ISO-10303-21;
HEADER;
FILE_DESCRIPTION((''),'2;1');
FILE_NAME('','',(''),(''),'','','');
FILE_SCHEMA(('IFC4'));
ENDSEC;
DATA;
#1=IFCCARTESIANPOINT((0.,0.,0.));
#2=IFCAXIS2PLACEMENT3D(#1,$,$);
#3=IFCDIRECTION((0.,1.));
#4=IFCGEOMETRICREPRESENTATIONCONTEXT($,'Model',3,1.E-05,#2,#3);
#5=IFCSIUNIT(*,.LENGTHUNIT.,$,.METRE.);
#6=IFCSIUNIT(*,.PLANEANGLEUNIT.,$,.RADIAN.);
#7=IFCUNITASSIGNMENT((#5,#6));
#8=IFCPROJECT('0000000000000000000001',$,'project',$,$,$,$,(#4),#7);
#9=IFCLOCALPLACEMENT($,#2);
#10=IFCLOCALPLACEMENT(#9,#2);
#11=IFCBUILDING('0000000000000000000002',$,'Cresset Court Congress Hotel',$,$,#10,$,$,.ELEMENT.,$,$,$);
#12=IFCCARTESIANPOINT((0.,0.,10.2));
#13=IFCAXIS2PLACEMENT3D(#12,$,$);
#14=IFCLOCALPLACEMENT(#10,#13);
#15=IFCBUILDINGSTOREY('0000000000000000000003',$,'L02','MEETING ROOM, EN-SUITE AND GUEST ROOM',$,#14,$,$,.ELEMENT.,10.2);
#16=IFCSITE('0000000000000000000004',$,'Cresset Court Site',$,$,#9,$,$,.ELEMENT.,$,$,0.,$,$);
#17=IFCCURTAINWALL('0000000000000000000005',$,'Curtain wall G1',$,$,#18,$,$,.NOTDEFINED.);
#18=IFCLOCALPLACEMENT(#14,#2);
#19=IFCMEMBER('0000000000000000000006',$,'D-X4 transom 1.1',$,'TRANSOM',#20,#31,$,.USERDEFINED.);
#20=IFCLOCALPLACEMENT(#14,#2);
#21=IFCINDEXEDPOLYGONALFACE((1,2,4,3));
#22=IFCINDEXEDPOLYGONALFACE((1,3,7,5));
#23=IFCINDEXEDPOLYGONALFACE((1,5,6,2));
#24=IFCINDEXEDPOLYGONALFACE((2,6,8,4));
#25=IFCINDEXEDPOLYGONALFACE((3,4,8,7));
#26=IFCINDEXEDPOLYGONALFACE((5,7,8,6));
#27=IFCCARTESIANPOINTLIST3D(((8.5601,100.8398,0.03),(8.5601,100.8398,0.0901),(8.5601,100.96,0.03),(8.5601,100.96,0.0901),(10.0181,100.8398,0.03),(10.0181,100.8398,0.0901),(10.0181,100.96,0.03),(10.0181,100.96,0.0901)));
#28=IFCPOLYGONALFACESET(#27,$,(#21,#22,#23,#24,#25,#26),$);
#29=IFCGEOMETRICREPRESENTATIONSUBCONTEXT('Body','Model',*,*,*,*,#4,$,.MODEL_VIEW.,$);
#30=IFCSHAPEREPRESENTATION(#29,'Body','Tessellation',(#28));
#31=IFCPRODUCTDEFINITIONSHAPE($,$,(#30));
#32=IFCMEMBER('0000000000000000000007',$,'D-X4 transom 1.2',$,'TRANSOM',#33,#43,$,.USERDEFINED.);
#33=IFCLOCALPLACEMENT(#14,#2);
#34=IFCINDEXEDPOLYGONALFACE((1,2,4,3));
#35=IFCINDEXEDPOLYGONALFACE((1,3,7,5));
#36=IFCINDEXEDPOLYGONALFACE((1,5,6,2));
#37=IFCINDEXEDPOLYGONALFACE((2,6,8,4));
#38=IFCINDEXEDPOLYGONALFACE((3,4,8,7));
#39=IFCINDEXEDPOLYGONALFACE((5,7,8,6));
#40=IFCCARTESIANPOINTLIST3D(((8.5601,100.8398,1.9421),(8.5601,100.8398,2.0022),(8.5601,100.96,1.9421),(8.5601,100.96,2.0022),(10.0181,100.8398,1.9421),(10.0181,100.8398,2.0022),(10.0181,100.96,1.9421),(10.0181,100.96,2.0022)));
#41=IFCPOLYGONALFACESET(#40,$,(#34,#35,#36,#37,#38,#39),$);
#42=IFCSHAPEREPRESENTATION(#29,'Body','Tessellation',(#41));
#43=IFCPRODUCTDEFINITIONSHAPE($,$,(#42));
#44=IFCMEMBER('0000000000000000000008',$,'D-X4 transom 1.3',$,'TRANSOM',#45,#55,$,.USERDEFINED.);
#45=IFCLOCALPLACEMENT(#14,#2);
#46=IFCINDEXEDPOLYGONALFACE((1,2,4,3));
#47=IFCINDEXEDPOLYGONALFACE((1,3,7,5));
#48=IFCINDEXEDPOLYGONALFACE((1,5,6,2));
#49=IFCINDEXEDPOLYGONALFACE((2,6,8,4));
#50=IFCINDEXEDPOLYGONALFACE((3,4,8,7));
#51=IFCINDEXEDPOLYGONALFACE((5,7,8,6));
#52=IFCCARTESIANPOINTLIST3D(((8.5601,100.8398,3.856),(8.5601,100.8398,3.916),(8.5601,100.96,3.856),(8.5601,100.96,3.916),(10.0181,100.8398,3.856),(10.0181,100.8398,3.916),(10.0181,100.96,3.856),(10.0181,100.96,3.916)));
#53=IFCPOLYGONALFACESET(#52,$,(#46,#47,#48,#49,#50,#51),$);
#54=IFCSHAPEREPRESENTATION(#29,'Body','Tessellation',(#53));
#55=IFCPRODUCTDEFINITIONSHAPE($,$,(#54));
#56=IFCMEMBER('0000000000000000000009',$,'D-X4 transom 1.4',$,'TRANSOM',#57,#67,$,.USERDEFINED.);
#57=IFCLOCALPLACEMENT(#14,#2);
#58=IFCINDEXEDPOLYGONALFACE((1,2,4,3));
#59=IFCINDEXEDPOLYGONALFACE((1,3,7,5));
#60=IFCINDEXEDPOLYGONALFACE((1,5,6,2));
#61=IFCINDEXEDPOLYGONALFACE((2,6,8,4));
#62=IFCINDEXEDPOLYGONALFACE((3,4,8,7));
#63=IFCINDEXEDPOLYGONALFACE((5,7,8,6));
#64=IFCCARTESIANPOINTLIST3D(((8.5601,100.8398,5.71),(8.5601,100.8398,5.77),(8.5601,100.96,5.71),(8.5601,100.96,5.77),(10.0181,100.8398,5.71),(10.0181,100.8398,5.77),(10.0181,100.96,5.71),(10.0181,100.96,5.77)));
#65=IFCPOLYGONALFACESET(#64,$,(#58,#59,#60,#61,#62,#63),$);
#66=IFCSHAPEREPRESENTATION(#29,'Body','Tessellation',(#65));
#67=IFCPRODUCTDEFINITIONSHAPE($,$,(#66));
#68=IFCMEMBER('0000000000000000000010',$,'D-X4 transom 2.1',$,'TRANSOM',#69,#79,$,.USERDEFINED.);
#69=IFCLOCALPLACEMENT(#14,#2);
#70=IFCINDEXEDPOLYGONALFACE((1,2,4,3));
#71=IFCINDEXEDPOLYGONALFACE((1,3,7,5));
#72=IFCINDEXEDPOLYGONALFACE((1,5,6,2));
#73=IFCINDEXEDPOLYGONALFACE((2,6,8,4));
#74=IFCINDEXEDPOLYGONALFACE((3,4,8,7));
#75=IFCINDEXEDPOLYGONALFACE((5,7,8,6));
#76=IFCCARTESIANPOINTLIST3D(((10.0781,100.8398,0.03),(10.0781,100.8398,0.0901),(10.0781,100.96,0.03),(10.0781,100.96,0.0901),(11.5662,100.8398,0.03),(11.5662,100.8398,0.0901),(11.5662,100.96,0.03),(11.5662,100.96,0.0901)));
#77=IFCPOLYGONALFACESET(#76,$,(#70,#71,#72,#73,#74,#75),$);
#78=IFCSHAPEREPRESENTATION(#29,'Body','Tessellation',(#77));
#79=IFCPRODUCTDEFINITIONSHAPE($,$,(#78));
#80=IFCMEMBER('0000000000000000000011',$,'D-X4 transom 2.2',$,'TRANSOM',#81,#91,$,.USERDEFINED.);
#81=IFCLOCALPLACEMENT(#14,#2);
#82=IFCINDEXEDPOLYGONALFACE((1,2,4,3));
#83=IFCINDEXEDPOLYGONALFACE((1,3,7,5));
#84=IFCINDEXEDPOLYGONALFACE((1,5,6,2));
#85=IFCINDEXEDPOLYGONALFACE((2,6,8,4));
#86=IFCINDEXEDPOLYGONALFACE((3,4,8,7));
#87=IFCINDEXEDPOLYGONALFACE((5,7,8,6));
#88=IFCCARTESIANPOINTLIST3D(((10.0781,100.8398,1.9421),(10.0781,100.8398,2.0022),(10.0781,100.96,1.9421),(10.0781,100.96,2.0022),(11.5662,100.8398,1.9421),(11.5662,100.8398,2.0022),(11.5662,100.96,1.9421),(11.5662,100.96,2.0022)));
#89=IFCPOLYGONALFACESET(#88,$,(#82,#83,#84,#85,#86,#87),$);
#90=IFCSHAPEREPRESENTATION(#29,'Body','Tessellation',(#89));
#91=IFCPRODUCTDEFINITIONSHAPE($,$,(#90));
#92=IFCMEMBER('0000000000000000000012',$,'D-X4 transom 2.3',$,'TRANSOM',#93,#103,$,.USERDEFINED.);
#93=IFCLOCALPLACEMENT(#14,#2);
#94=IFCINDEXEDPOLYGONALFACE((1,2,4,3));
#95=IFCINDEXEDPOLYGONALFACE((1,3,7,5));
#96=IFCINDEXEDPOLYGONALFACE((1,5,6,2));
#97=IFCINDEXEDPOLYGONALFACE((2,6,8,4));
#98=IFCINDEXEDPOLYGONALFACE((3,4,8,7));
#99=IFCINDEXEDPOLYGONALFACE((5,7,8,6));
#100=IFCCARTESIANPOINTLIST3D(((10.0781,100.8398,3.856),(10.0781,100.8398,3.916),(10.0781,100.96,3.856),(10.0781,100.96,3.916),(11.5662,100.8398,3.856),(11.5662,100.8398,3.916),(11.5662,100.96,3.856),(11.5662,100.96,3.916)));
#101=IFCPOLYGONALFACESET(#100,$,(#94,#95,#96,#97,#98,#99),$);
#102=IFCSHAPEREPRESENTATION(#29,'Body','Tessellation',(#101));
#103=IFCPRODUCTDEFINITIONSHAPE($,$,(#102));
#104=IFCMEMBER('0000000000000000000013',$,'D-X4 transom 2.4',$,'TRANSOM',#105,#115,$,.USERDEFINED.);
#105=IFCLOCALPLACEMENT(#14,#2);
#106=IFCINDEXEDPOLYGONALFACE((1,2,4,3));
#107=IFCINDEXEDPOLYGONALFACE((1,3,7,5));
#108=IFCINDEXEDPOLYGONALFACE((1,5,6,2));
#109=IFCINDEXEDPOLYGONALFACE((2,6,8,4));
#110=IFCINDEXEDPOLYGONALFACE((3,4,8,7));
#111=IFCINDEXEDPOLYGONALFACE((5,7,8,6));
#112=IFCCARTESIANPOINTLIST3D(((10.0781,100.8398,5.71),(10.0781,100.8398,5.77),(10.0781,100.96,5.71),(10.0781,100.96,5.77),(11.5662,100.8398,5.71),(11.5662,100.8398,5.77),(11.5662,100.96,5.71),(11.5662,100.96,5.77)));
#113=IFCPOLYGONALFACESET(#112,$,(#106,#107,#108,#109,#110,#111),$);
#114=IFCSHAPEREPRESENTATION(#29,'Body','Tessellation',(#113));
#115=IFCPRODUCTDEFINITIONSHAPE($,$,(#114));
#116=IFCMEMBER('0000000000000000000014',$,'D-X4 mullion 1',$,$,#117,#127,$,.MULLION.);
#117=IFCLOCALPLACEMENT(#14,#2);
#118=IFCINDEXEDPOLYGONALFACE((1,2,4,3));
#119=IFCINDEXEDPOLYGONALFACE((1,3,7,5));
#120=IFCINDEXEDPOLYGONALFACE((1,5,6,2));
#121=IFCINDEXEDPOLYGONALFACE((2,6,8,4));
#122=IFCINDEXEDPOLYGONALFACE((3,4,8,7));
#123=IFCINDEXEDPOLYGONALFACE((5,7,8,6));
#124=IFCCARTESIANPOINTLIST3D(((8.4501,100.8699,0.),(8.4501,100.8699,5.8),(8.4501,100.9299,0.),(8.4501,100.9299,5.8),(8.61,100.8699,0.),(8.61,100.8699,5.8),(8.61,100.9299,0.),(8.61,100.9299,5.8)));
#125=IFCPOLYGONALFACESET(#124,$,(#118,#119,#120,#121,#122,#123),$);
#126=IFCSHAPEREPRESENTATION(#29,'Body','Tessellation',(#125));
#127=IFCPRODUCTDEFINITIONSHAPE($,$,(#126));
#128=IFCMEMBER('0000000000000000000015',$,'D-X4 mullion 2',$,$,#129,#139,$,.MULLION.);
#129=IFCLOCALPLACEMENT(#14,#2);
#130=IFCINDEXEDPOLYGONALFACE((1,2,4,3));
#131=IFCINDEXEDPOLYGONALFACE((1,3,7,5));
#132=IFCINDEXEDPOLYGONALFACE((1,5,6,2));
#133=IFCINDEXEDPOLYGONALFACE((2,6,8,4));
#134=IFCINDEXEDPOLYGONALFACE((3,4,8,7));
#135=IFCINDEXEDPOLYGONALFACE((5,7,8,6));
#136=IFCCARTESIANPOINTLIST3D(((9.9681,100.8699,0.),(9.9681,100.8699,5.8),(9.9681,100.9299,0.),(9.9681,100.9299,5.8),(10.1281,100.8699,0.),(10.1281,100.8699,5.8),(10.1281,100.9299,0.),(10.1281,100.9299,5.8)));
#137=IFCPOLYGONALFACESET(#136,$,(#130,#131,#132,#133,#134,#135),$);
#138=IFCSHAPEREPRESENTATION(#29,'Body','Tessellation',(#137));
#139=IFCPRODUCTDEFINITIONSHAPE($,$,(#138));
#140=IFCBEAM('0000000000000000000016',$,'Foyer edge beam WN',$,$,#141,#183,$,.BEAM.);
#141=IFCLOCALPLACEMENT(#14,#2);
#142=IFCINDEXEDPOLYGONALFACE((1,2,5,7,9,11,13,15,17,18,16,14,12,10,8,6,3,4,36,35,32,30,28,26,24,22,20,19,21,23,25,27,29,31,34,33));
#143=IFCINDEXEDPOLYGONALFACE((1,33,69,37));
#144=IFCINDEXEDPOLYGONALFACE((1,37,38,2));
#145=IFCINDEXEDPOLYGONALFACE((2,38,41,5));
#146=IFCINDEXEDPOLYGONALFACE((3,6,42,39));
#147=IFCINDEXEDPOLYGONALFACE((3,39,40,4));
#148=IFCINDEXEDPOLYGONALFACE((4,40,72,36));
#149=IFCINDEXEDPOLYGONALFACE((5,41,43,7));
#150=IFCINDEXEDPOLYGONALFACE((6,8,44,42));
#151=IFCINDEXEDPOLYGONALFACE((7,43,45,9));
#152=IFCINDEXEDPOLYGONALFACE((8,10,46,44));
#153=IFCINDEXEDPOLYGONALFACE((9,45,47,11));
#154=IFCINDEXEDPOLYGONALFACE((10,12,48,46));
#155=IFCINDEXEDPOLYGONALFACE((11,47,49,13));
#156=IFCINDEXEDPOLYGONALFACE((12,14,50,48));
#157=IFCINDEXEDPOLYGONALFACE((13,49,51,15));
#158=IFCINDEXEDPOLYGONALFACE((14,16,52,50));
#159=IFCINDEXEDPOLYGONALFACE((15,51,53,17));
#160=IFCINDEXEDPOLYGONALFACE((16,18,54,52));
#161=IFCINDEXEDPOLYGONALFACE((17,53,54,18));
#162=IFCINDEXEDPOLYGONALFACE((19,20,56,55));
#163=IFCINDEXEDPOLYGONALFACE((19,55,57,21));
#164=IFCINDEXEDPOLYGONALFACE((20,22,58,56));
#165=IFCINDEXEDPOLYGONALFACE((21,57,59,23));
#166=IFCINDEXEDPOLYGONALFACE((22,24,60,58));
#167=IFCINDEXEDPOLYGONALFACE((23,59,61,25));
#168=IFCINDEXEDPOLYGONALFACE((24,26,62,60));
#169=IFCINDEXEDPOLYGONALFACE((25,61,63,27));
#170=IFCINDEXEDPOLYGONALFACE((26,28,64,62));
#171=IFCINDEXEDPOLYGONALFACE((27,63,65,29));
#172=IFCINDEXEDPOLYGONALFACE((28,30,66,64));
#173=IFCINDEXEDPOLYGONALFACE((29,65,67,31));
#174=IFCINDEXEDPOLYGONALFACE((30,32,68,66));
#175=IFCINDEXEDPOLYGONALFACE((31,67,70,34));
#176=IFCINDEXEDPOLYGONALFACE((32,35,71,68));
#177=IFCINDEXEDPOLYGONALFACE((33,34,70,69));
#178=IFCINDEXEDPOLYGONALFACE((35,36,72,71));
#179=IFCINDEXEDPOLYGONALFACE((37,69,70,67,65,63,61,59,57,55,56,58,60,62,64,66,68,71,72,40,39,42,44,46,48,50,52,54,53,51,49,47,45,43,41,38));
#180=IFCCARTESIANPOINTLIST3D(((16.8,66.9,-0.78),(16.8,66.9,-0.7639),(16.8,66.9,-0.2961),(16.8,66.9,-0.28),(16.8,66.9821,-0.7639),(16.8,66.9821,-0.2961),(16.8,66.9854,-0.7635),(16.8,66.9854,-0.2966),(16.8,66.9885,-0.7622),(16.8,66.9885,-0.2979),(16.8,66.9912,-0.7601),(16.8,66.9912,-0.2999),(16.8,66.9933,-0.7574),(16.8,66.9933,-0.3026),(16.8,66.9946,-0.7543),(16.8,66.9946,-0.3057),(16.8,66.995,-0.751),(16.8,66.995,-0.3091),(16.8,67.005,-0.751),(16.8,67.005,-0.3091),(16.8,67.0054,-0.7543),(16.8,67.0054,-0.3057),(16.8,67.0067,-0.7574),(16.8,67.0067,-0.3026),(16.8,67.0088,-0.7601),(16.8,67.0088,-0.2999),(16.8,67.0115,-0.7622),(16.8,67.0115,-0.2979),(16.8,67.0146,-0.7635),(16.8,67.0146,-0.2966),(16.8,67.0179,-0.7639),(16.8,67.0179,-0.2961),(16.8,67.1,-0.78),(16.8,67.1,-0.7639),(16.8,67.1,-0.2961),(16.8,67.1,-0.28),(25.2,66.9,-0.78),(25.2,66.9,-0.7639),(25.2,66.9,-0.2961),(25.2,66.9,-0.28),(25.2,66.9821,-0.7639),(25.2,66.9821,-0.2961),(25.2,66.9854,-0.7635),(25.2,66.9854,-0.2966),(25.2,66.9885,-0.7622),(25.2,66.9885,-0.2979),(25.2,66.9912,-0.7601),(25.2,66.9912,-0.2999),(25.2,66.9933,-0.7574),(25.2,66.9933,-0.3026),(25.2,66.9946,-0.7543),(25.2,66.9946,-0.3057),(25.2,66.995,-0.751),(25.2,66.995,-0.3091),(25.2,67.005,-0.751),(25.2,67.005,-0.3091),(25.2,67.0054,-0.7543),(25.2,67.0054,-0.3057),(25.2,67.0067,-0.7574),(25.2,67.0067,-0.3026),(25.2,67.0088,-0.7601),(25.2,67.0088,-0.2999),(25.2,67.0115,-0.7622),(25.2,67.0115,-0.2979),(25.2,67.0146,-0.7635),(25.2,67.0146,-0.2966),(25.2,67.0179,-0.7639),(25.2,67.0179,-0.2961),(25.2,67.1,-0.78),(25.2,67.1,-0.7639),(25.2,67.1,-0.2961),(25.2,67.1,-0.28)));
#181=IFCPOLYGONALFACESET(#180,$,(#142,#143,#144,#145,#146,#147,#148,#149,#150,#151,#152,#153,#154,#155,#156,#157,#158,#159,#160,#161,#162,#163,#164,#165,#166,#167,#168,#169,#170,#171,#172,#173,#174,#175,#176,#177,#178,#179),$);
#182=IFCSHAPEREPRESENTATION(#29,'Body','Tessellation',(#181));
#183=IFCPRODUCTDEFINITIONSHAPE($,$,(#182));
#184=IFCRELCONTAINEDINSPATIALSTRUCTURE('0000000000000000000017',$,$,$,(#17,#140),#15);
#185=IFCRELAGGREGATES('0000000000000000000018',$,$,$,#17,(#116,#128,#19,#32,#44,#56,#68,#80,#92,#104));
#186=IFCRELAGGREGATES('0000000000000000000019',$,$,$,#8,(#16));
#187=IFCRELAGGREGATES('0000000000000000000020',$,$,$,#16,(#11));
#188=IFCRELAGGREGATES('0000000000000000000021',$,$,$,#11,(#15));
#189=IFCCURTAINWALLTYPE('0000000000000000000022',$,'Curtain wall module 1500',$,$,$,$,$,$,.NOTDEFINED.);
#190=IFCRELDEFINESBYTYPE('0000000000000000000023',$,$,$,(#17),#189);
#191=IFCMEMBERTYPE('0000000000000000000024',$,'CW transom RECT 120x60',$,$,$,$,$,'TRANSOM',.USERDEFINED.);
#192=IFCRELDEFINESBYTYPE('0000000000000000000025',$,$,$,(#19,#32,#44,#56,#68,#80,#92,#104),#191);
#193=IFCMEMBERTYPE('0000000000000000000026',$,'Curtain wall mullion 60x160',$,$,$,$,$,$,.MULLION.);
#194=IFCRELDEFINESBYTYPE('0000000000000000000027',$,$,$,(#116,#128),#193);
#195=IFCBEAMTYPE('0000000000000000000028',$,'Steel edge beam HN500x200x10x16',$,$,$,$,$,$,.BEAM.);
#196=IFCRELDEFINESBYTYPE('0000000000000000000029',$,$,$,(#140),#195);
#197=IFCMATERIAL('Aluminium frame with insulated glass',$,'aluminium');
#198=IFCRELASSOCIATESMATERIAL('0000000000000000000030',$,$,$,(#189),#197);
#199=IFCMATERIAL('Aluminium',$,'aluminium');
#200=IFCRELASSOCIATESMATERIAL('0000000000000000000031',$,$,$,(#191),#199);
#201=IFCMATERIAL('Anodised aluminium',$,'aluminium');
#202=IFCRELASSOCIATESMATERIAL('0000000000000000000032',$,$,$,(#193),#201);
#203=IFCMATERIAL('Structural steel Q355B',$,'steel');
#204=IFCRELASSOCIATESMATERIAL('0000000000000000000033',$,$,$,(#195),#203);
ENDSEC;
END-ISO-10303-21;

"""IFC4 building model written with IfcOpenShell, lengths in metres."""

from ifc_helpers import new_model, si_unit, direction, frame, origin, origin_2d, place, context, subcontext, project, spatial, rectangle, i_section, extrude, material, material_profile, profile_set, type_object, element, aggregate, save


model = new_model("IFC4")

# Units and contexts
model_context = context("Model", 3, precision=1e-05, world=origin(), true_north=direction((0.0, 1.0)))
body_context = subcontext(model_context, "Body", "Model", "MODEL_VIEW")
ifc_project = project(units=[si_unit("LENGTHUNIT", "METRE"), si_unit("PLANEANGLEUNIT", "RADIAN")], contexts=[model_context])

# Site, building, storey
site_placement = place(None, origin())
site = spatial("IfcSite", under=ifc_project, at=site_placement, Name="Cresset Court Site", CompositionType="ELEMENT", RefElevation=0.0)
building_placement = place(site_placement, origin())
building = spatial("IfcBuilding", under=site, at=building_placement, Name="Cresset Court Congress Hotel", CompositionType="ELEMENT")
storey_placement = place(building_placement, frame((0.0, 0.0, 10.2)))
storey = spatial("IfcBuildingStorey", under=building, at=storey_placement, Name="L02", Description="MEETING ROOM, EN-SUITE AND GUEST ROOM", CompositionType="ELEMENT", Elevation=10.2)

# Curtain wall, members
ifc_material_1 = material(Name="Aluminium frame with insulated glass", Category="aluminium")
curtain_wall_type = type_object("IfcCurtainWallType", Name="Curtain wall module 1500", PredefinedType="NOTDEFINED", material=ifc_material_1)
curtain_wall_placement = place(storey_placement, origin())
curtain_wall = element("IfcCurtainWall", 1, at=curtain_wall_placement, inside=storey, type_object=curtain_wall_type, Name="Curtain wall G1", PredefinedType="NOTDEFINED")
ifc_material_2 = material(Name="Aluminium", Category="aluminium")
ifc_material_profile_1 = material_profile(ifc_material_2, rectangle(XDim=0.1201, YDim=0.0601, at=origin_2d()), Name="AL 120x60")
ifc_profile_set_1 = profile_set([ifc_material_profile_1], Name="Aluminium")
member_type_1 = type_object("IfcMemberType", Name="CW transom RECT 120x60", ElementType="TRANSOM", PredefinedType="USERDEFINED", material=ifc_profile_set_1)
member_1_placement = place(storey_placement, frame((8.5601, 100.8999, 0.0601), z_axis=(1.0, 0.0, 0.0), x_axis=(0.0, 1.0, 0.0)))
member_1 = element("IfcMember", 2, at=member_1_placement, type_object=member_type_1, Name="D-X4 transom 1.1", ObjectType="TRANSOM", PredefinedType="USERDEFINED", context=body_context, shape_type="SweptSolid", body=[
    extrude(rectangle(XDim=0.1201, YDim=0.0601, at=origin_2d()), origin(), (0.0, 0.0, 1.0), 1.458),
])
member_2_placement = place(storey_placement, frame((8.5601, 100.8999, 1.9722), z_axis=(1.0, 0.0, 0.0), x_axis=(0.0, 1.0, 0.0)))
member_2 = element("IfcMember", 3, at=member_2_placement, type_object=member_type_1, Name="D-X4 transom 1.2", ObjectType="TRANSOM", PredefinedType="USERDEFINED", context=body_context, shape_type="SweptSolid", body=[
    extrude(rectangle(XDim=0.1201, YDim=0.0601, at=origin_2d()), origin(), (0.0, 0.0, 1.0), 1.458),
])
member_3_placement = place(storey_placement, frame((8.5601, 100.8999, 3.886), z_axis=(1.0, 0.0, 0.0), x_axis=(0.0, 1.0, 0.0)))
member_3 = element("IfcMember", 4, at=member_3_placement, type_object=member_type_1, Name="D-X4 transom 1.3", ObjectType="TRANSOM", PredefinedType="USERDEFINED", context=body_context, shape_type="SweptSolid", body=[
    extrude(rectangle(XDim=0.1201, YDim=0.0601, at=origin_2d()), origin(), (0.0, 0.0, 1.0), 1.458),
])
member_4_placement = place(storey_placement, frame((8.5601, 100.8999, 5.74), z_axis=(1.0, 0.0, 0.0), x_axis=(0.0, 1.0, 0.0)))
member_4 = element("IfcMember", 5, at=member_4_placement, type_object=member_type_1, Name="D-X4 transom 1.4", ObjectType="TRANSOM", PredefinedType="USERDEFINED", context=body_context, shape_type="SweptSolid", body=[
    extrude(rectangle(XDim=0.1201, YDim=0.0601, at=origin_2d()), origin(), (0.0, 0.0, 1.0), 1.458),
])
member_5_placement = place(storey_placement, frame((10.0781, 100.8999, 0.0601), z_axis=(1.0, 0.0, 0.0), x_axis=(0.0, 1.0, 0.0)))
member_5 = element("IfcMember", 6, at=member_5_placement, type_object=member_type_1, Name="D-X4 transom 2.1", ObjectType="TRANSOM", PredefinedType="USERDEFINED", context=body_context, shape_type="SweptSolid", body=[
    extrude(rectangle(XDim=0.1201, YDim=0.0601, at=origin_2d()), origin(), (0.0, 0.0, 1.0), 1.488),
])
member_6_placement = place(storey_placement, frame((10.0781, 100.8999, 1.9722), z_axis=(1.0, 0.0, 0.0), x_axis=(0.0, 1.0, 0.0)))
member_6 = element("IfcMember", 7, at=member_6_placement, type_object=member_type_1, Name="D-X4 transom 2.2", ObjectType="TRANSOM", PredefinedType="USERDEFINED", context=body_context, shape_type="SweptSolid", body=[
    extrude(rectangle(XDim=0.1201, YDim=0.0601, at=origin_2d()), origin(), (0.0, 0.0, 1.0), 1.488),
])
member_7_placement = place(storey_placement, frame((10.0781, 100.8999, 3.886), z_axis=(1.0, 0.0, 0.0), x_axis=(0.0, 1.0, 0.0)))
member_7 = element("IfcMember", 8, at=member_7_placement, type_object=member_type_1, Name="D-X4 transom 2.3", ObjectType="TRANSOM", PredefinedType="USERDEFINED", context=body_context, shape_type="SweptSolid", body=[
    extrude(rectangle(XDim=0.1201, YDim=0.0601, at=origin_2d()), origin(), (0.0, 0.0, 1.0), 1.488),
])
member_8_placement = place(storey_placement, frame((10.0781, 100.8999, 5.74), z_axis=(1.0, 0.0, 0.0), x_axis=(0.0, 1.0, 0.0)))
member_8 = element("IfcMember", 9, at=member_8_placement, type_object=member_type_1, Name="D-X4 transom 2.4", ObjectType="TRANSOM", PredefinedType="USERDEFINED", context=body_context, shape_type="SweptSolid", body=[
    extrude(rectangle(XDim=0.1201, YDim=0.0601, at=origin_2d()), origin(), (0.0, 0.0, 1.0), 1.488),
])
ifc_material_3 = material(Name="Anodised aluminium", Category="aluminium")
ifc_material_profile_2 = material_profile(ifc_material_3, rectangle(XDim=0.0601, YDim=0.1599, at=origin_2d()), Name="AL60x160")
ifc_profile_set_2 = profile_set([ifc_material_profile_2], Name="Anodised aluminium")
member_type_2 = type_object("IfcMemberType", Name="Curtain wall mullion 60x160", PredefinedType="MULLION", material=ifc_profile_set_2)
member_9_placement = place(storey_placement, frame((8.53, 100.8999, 0.0), z_axis=(0.0, 0.0, 1.0), x_axis=(0.0, 1.0, 0.0)))
member_9 = element("IfcMember", 10, at=member_9_placement, type_object=member_type_2, Name="D-X4 mullion 1", PredefinedType="MULLION", context=body_context, shape_type="SweptSolid", body=[
    extrude(rectangle(XDim=0.0601, YDim=0.1599, at=origin_2d()), origin(), (0.0, 0.0, 1.0), 5.8),
])
member_10_placement = place(storey_placement, frame((10.0481, 100.8999, 0.0), z_axis=(0.0, 0.0, 1.0), x_axis=(0.0, 1.0, 0.0)))
member_10 = element("IfcMember", 11, at=member_10_placement, type_object=member_type_2, Name="D-X4 mullion 2", PredefinedType="MULLION", context=body_context, shape_type="SweptSolid", body=[
    extrude(rectangle(XDim=0.0601, YDim=0.1599, at=origin_2d()), origin(), (0.0, 0.0, 1.0), 5.8),
])

# Beam
ifc_material_4 = material(Name="Structural steel Q355B", Category="steel")
ifc_material_profile_3 = material_profile(ifc_material_4, i_section(OverallWidth=0.2, OverallDepth=0.5, WebThickness=0.01, FlangeThickness=0.0161, FilletRadius=0.0129, at=origin_2d()), Name="HN500x200x10x16")
ifc_profile_set_3 = profile_set([ifc_material_profile_3], Name="Structural steel Q355B")
beam_type = type_object("IfcBeamType", Name="Steel edge beam HN500x200x10x16", PredefinedType="BEAM", material=ifc_profile_set_3)
for number, where, z_axis, x_axis, name in (
    (12, (16.8, 67.0, -0.53), (1.0, 0.0, 0.0), (0.0, 1.0, 0.0), "Foyer edge beam WN"),
):
    element("IfcBeam", number, at=place(storey_placement, frame(where, z_axis=z_axis, x_axis=x_axis)), inside=storey, type_object=beam_type, Name=name, PredefinedType="BEAM", context=body_context, shape_type="SweptSolid", body=[
        extrude(i_section(OverallWidth=0.2, OverallDepth=0.5, WebThickness=0.01, FlangeThickness=0.0161, FilletRadius=0.0129, at=origin_2d()), origin(), (0.0, 0.0, 1.0), 8.3999),
    ])

aggregate(curtain_wall, [member_9, member_10, member_1, member_2, member_3, member_4, member_5, member_6, member_7, member_8])

save(model, "model.ifc")
